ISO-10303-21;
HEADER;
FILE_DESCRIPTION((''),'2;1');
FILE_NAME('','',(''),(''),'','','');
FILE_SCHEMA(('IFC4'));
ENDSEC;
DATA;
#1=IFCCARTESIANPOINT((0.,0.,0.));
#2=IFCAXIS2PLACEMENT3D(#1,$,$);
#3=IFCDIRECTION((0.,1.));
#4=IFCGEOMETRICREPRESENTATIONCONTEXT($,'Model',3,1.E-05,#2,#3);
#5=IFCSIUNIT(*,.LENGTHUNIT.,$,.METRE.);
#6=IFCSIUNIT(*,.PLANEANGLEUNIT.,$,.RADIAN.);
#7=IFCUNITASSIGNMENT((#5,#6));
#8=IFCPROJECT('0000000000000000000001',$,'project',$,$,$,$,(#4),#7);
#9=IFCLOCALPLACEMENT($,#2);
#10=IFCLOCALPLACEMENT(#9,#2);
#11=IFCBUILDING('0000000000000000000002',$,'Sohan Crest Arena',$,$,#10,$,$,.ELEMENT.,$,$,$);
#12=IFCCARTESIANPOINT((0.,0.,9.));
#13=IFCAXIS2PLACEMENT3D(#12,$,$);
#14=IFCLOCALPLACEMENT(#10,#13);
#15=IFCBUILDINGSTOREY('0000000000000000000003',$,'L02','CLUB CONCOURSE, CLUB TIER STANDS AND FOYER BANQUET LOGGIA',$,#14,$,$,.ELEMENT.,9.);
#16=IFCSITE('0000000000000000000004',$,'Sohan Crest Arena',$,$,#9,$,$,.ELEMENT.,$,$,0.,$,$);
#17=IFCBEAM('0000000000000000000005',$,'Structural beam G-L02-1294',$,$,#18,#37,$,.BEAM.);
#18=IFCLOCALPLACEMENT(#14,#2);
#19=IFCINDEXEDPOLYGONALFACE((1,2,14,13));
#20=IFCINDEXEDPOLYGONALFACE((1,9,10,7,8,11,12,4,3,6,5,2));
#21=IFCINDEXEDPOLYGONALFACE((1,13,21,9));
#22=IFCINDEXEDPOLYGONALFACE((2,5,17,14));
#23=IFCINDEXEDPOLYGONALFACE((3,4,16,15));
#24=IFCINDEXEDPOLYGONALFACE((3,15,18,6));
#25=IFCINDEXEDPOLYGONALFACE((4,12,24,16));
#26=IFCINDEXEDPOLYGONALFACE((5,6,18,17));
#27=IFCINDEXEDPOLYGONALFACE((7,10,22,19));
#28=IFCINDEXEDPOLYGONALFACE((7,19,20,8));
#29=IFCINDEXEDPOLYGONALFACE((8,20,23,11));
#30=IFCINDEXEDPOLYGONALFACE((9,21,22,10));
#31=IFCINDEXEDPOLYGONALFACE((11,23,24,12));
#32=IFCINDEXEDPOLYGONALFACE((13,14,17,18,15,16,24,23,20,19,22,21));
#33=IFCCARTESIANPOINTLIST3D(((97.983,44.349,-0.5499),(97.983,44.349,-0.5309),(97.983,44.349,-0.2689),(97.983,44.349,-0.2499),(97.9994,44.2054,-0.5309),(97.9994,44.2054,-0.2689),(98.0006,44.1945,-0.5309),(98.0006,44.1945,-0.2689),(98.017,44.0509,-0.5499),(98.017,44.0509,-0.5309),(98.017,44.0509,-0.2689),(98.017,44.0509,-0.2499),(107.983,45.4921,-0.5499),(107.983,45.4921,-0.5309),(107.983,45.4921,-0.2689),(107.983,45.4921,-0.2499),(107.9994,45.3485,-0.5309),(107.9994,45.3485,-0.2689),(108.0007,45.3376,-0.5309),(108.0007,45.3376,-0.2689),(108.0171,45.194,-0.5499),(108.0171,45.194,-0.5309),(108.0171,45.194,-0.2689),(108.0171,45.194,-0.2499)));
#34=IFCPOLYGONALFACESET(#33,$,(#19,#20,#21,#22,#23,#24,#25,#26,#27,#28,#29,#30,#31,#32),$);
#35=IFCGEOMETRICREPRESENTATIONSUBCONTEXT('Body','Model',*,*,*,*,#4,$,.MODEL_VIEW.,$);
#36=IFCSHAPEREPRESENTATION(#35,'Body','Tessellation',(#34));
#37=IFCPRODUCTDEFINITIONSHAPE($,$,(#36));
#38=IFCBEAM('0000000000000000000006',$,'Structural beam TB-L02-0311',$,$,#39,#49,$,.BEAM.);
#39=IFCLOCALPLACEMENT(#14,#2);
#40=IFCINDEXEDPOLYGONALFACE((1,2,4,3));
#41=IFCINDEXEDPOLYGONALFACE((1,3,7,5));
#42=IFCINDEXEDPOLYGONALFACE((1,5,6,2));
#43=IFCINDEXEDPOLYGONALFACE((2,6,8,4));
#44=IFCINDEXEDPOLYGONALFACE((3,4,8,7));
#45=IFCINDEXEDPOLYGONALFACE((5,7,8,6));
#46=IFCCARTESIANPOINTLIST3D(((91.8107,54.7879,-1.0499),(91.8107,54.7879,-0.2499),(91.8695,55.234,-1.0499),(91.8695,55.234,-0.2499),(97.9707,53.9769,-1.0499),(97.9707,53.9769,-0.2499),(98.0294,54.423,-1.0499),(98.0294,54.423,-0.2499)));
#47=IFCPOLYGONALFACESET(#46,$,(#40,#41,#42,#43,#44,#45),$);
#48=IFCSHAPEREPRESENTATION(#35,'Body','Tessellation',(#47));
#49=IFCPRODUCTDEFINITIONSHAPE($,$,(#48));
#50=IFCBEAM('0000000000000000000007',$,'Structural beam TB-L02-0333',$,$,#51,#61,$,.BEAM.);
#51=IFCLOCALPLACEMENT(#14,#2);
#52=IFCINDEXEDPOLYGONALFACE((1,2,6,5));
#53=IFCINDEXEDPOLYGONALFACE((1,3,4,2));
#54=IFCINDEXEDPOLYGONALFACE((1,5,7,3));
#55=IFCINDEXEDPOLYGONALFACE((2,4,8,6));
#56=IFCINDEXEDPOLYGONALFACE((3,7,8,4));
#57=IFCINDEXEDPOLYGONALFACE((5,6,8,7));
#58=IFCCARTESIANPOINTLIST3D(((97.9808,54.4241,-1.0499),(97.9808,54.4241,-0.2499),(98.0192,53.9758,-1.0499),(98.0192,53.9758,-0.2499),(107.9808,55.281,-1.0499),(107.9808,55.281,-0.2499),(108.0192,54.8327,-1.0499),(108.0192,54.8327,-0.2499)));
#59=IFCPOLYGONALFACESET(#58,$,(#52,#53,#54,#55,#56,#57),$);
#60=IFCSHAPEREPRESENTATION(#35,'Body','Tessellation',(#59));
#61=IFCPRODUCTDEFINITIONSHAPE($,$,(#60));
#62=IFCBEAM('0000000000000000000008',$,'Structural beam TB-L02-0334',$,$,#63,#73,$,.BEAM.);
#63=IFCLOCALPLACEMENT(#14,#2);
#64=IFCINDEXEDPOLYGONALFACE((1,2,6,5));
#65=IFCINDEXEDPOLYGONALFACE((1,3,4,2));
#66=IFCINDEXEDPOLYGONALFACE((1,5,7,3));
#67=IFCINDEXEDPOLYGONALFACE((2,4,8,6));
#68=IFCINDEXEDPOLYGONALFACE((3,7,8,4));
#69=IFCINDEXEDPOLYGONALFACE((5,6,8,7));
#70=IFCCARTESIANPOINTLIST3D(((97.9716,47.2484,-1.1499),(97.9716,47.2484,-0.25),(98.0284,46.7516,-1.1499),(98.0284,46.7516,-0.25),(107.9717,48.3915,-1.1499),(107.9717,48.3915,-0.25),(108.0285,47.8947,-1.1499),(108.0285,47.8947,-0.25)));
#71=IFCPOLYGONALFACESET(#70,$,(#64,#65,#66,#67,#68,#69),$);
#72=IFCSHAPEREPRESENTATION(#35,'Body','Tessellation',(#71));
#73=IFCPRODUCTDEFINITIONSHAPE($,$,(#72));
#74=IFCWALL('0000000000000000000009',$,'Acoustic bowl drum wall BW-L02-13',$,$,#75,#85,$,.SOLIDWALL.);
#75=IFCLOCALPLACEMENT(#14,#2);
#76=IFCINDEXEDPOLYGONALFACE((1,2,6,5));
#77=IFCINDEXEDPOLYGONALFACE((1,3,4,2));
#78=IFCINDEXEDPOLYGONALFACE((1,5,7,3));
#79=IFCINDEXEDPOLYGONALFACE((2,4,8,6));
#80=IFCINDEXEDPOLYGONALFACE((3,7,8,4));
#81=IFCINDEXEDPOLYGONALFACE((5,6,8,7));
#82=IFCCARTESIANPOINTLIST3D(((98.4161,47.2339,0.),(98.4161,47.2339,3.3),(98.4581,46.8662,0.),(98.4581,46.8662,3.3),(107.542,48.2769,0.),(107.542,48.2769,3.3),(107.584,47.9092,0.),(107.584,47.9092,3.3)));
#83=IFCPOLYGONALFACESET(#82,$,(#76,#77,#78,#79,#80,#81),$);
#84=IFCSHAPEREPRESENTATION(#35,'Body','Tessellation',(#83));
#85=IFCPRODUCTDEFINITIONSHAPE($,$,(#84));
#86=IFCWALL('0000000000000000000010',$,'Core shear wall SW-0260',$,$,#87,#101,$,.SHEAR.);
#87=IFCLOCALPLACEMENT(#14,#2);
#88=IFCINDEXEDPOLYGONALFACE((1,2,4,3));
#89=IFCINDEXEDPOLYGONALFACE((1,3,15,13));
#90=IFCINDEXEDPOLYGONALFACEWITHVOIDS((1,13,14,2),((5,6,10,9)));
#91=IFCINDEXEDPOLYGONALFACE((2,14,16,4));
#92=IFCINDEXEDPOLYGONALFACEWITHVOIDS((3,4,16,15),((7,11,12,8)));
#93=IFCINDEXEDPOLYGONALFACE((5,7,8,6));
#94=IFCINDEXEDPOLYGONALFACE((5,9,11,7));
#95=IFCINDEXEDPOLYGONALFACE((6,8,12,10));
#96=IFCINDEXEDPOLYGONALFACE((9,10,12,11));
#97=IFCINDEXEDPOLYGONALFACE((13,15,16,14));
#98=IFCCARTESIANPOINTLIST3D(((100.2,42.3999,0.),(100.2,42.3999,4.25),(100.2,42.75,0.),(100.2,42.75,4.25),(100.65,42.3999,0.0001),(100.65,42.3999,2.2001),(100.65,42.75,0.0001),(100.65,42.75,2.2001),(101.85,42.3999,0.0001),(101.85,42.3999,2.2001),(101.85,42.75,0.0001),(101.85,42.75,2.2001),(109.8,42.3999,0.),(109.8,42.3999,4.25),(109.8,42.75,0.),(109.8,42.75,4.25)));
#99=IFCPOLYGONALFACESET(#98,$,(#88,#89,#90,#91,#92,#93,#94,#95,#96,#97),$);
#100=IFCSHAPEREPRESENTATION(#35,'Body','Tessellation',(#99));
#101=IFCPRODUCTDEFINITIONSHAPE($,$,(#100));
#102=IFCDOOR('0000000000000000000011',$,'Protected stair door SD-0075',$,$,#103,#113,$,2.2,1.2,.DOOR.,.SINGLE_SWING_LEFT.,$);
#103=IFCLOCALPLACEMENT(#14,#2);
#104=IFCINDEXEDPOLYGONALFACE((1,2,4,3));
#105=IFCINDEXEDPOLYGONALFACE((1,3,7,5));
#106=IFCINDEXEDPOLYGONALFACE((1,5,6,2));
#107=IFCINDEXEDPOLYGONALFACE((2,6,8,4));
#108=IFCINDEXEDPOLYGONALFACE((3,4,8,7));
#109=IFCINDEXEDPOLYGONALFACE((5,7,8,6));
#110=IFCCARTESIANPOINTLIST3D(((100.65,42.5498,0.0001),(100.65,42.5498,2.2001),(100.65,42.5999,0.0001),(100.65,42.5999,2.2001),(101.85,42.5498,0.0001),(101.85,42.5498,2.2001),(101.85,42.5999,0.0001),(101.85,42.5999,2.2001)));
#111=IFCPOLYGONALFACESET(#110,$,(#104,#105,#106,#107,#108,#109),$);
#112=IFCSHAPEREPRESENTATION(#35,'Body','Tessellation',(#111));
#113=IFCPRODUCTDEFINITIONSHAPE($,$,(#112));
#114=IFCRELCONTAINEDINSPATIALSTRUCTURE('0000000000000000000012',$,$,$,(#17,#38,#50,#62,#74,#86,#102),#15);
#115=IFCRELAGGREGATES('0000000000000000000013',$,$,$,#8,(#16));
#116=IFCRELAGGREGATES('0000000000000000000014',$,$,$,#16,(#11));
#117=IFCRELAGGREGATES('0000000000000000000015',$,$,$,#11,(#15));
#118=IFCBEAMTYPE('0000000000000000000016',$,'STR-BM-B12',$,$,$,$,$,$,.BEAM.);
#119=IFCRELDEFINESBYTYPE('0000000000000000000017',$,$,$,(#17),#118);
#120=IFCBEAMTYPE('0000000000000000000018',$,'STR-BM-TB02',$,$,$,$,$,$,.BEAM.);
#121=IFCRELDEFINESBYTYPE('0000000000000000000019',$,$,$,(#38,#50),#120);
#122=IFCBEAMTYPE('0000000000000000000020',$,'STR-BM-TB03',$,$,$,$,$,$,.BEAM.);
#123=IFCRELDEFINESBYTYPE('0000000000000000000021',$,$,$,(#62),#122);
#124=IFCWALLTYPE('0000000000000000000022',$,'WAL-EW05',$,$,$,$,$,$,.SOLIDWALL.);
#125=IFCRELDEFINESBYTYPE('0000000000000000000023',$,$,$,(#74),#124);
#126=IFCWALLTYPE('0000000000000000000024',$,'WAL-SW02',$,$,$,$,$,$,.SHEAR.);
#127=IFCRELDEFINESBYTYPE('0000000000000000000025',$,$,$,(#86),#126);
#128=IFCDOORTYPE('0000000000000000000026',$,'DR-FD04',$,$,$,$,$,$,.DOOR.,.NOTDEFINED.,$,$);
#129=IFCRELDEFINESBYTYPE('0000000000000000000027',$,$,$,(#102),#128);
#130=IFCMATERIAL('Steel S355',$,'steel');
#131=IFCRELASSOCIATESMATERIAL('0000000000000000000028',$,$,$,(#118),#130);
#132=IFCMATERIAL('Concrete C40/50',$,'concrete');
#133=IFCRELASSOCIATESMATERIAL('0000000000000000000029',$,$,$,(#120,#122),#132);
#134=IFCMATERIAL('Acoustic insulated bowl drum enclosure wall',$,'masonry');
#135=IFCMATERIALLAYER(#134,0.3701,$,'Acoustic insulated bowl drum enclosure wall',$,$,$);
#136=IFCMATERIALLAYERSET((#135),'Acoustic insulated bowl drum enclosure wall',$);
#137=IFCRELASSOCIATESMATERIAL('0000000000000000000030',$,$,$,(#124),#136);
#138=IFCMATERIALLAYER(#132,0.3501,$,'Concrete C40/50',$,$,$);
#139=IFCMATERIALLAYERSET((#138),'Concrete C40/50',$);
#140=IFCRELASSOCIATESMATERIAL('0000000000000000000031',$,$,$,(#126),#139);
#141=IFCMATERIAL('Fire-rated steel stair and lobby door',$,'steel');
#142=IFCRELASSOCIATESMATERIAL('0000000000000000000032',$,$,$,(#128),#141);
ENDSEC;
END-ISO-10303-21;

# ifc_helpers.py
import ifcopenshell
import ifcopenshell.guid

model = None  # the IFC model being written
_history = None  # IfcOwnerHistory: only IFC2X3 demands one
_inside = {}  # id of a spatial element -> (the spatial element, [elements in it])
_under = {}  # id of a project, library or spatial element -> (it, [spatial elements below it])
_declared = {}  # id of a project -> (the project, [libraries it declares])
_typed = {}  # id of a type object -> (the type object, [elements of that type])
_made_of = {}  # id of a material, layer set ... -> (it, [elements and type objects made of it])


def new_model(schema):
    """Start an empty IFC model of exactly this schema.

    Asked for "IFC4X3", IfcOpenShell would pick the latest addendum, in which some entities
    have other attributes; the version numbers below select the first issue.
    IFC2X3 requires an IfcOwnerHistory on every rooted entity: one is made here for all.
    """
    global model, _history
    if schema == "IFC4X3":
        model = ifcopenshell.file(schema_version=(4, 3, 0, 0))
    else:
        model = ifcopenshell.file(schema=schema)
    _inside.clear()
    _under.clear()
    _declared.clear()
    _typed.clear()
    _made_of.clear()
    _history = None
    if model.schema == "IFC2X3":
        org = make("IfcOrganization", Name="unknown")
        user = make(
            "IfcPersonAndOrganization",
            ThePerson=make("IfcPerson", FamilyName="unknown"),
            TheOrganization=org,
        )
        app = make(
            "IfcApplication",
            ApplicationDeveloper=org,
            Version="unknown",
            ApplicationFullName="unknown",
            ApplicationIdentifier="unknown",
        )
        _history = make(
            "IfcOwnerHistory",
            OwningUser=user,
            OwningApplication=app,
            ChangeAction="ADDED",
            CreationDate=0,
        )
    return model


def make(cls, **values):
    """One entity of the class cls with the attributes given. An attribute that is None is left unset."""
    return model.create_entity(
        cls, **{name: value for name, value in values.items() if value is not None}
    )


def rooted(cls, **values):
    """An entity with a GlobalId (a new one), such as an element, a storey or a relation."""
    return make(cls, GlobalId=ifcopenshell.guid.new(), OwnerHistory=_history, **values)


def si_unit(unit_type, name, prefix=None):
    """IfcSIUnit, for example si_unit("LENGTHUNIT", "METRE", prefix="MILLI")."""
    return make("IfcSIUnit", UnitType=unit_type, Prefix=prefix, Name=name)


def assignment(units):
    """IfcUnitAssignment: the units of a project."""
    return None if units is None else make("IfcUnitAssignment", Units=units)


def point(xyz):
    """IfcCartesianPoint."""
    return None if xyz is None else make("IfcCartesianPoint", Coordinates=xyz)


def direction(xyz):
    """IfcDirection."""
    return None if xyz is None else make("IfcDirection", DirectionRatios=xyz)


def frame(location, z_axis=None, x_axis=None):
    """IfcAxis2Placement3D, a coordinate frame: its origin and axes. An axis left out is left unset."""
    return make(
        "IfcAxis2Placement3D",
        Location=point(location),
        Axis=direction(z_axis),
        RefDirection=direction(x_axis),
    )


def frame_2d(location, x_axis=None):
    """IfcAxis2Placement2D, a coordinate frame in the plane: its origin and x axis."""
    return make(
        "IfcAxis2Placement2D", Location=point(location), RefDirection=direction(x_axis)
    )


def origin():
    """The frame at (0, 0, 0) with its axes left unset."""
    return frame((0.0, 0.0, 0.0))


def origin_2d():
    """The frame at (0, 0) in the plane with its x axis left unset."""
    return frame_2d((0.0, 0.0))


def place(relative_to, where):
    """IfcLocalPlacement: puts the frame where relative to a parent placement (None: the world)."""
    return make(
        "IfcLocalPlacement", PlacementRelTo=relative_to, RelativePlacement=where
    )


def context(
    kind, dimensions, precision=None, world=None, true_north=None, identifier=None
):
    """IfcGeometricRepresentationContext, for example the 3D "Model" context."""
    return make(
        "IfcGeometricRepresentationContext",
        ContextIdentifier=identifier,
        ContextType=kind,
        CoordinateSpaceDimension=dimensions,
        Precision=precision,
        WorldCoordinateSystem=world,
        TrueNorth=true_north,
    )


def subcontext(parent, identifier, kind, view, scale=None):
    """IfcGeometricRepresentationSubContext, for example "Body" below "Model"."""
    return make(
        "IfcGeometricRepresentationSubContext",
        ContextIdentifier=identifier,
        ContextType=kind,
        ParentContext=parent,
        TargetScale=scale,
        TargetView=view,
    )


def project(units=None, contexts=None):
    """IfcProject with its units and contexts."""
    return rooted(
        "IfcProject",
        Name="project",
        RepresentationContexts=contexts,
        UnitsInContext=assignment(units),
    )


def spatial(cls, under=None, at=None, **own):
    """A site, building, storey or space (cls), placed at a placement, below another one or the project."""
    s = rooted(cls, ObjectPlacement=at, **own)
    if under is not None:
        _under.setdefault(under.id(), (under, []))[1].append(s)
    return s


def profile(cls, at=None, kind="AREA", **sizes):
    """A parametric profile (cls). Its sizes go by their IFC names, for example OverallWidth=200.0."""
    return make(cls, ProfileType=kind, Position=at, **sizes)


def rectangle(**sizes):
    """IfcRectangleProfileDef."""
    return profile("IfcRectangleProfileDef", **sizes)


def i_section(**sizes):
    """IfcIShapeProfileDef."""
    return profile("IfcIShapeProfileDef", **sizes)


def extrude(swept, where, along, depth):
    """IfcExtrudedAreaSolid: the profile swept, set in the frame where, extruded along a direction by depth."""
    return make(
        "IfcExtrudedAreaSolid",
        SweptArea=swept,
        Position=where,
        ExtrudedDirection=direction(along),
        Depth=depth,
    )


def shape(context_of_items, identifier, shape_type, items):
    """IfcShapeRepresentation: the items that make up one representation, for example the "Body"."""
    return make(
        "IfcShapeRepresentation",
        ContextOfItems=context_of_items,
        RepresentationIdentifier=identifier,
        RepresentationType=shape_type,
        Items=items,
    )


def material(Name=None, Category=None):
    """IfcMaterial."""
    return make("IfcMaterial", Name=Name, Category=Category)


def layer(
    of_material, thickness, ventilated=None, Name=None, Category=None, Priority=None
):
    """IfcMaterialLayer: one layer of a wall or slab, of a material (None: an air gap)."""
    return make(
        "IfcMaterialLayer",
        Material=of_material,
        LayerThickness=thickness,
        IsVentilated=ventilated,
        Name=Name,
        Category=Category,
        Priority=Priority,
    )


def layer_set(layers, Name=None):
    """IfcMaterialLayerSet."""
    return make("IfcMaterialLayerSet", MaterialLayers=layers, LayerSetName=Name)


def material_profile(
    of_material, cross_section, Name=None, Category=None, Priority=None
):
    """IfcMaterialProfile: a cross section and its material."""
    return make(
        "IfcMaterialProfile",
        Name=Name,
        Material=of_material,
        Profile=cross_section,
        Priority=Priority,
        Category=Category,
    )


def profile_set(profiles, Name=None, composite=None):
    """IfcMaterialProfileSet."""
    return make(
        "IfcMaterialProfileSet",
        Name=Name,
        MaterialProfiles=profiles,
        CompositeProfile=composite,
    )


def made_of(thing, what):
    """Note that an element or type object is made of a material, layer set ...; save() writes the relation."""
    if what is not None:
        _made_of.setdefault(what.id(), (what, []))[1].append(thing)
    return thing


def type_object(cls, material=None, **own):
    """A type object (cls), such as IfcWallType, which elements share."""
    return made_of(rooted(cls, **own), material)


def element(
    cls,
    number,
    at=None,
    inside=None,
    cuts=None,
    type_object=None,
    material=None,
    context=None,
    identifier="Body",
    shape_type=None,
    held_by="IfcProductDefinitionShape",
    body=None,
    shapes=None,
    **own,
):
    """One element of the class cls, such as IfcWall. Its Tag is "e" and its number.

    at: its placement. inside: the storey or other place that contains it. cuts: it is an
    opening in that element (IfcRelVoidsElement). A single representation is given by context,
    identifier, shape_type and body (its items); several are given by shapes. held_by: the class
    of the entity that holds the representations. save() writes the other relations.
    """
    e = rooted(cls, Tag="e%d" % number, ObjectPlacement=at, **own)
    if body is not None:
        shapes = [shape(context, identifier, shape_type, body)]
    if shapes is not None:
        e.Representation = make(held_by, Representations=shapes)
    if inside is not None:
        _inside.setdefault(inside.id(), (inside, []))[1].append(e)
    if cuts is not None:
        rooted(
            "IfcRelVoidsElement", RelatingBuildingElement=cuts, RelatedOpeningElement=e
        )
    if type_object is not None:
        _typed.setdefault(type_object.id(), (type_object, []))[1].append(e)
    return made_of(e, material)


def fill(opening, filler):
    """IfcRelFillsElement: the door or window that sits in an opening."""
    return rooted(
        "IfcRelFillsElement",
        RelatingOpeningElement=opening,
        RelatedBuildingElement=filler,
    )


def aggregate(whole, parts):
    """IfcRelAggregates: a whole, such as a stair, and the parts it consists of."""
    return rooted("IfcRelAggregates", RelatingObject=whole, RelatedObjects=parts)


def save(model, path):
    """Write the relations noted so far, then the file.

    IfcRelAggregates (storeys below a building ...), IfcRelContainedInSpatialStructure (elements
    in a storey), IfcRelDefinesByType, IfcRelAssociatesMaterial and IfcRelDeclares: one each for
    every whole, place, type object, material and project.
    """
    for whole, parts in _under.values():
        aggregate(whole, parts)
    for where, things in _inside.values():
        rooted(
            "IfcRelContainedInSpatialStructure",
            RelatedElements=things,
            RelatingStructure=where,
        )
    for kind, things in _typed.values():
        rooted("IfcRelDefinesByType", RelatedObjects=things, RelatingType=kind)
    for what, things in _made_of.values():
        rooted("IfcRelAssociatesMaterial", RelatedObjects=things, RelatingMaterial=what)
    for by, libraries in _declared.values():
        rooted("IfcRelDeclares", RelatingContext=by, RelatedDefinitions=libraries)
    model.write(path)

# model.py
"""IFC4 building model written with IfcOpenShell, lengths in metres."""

from ifc_helpers import new_model, si_unit, direction, frame, frame_2d, origin, origin_2d, place, context, subcontext, project, spatial, rectangle, i_section, extrude, material, layer, layer_set, material_profile, profile_set, type_object, element, fill, save


model = new_model("IFC4")

# Units and contexts
model_context = context("Model", 3, precision=1e-05, world=origin(), true_north=direction((0.0, 1.0)))
body_context = subcontext(model_context, "Body", "Model", "MODEL_VIEW")
ifc_project = project(units=[si_unit("LENGTHUNIT", "METRE"), si_unit("PLANEANGLEUNIT", "RADIAN")], contexts=[model_context])

# Site, building, storey
site_placement = place(None, origin())
site = spatial("IfcSite", under=ifc_project, at=site_placement, Name="Sohan Crest Arena", CompositionType="ELEMENT", RefElevation=0.0)
building_placement = place(site_placement, origin())
building = spatial("IfcBuilding", under=site, at=building_placement, Name="Sohan Crest Arena", CompositionType="ELEMENT")
storey_placement = place(building_placement, frame((0.0, 0.0, 9.0)))
storey = spatial("IfcBuildingStorey", under=building, at=storey_placement, Name="L02", Description="CLUB CONCOURSE, CLUB TIER STANDS AND FOYER BANQUET LOGGIA", CompositionType="ELEMENT", Elevation=9.0)

# Shared definitions
ifc_material_1 = material(Name="Concrete C40/50", Category="concrete")
ifc_material_2 = material(Name="Steel S355", Category="steel")

# Beams
ifc_material_profile_1 = material_profile(ifc_material_2, i_section(OverallWidth=0.3, OverallDepth=0.3, WebThickness=0.011, FlangeThickness=0.019, at=origin_2d()), Name="HEB 300")
ifc_profile_set_1 = profile_set([ifc_material_profile_1], Name="Steel S355")
beam_type_1 = type_object("IfcBeamType", Name="STR-BM-B12", PredefinedType="BEAM", material=ifc_profile_set_1)
beam_1_placement = place(storey_placement, frame((98.0, 44.2, -0.3999), z_axis=(0.99353, 0.113567, 0.0), x_axis=(-0.113567, 0.99353, 0.0)))
element("IfcBeam", 1, at=beam_1_placement, inside=storey, type_object=beam_type_1, Name="Structural beam G-L02-1294", PredefinedType="BEAM", context=body_context, shape_type="SweptSolid", body=[
    extrude(i_section(OverallWidth=0.3, OverallDepth=0.3, WebThickness=0.011, FlangeThickness=0.019, at=origin_2d()), origin(), (0.0, 0.0, 1.0), 10.0652),
])
ifc_material_profile_2 = material_profile(ifc_material_1, rectangle(XDim=0.45, YDim=0.8, at=origin_2d()), Name="RC-BM 450x800")
ifc_profile_set_2 = profile_set([ifc_material_profile_2], Name="Concrete C40/50")
beam_type_2 = type_object("IfcBeamType", Name="STR-BM-TB02", PredefinedType="BEAM", material=ifc_profile_set_2)
beam_2_placement = place(storey_placement, frame((91.8401, 55.011, -0.6499), z_axis=(0.991443, -0.130537, 0.0), x_axis=(0.130537, 0.991443, 0.0)))
element("IfcBeam", 2, at=beam_2_placement, inside=storey, type_object=beam_type_2, Name="Structural beam TB-L02-0311", PredefinedType="BEAM", context=body_context, shape_type="SweptSolid", body=[
    extrude(rectangle(XDim=0.45, YDim=0.8, at=origin_2d()), origin(), (0.0, 0.0, 1.0), 6.2131),
])
beam_3_placement = place(storey_placement, frame((98.0, 54.2, -0.6499), z_axis=(0.996348, 0.08538, 0.0), x_axis=(-0.08538, 0.996348, 0.0)))
element("IfcBeam", 3, at=beam_3_placement, inside=storey, type_object=beam_type_2, Name="Structural beam TB-L02-0333", PredefinedType="BEAM", context=body_context, shape_type="SweptSolid", body=[
    extrude(rectangle(XDim=0.45, YDim=0.8, at=origin_2d()), origin(), (0.0, 0.0, 1.0), 10.0366),
])
ifc_material_profile_3 = material_profile(ifc_material_1, rectangle(XDim=0.5, YDim=0.8999, at=origin_2d()), Name="RC-BM 500x900")
ifc_profile_set_3 = profile_set([ifc_material_profile_3], Name="Concrete C40/50")
beam_type_3 = type_object("IfcBeamType", Name="STR-BM-TB03", PredefinedType="BEAM", material=ifc_profile_set_3)
beam_4_placement = place(storey_placement, frame((98.0, 47.0, -0.7), z_axis=(0.99353, 0.113567, 0.0), x_axis=(-0.113567, 0.99353, 0.0)))
element("IfcBeam", 4, at=beam_4_placement, inside=storey, type_object=beam_type_3, Name="Structural beam TB-L02-0334", PredefinedType="BEAM", context=body_context, shape_type="SweptSolid", body=[
    extrude(rectangle(XDim=0.5, YDim=0.8999, at=origin_2d()), origin(), (0.0, 0.0, 1.0), 10.0652),
])

# Wall
ifc_material_3 = material(Name="Acoustic insulated bowl drum enclosure wall", Category="masonry")
ifc_layer_1 = layer(ifc_material_3, 0.3701, Name="Acoustic insulated bowl drum enclosure wall")
ifc_layer_set_1 = layer_set([ifc_layer_1], Name="Acoustic insulated bowl drum enclosure wall")
wall_type_1 = type_object("IfcWallType", Name="WAL-EW05", PredefinedType="SOLIDWALL", material=ifc_layer_set_1)
wall_1_placement = place(storey_placement, frame((98.437, 47.05, 0.0), z_axis=(0.0, 0.0, 1.0), x_axis=(0.993533, 0.113547, 0.0)))
element("IfcWall", 5, at=wall_1_placement, inside=storey, type_object=wall_type_1, Name="Acoustic bowl drum wall BW-L02-13", PredefinedType="SOLIDWALL", context=body_context, shape_type="SweptSolid", body=[
    extrude(rectangle(XDim=9.1853, YDim=0.3701, at=frame_2d((4.5928, 0.0))), origin(), (0.0, 0.0, 1.0), 3.3),
])

# Wall, opening, door
ifc_layer_2 = layer(ifc_material_1, 0.3501, Name="Concrete C40/50")
ifc_layer_set_2 = layer_set([ifc_layer_2], Name="Concrete C40/50")
wall_type_2 = type_object("IfcWallType", Name="WAL-SW02", PredefinedType="SHEAR", material=ifc_layer_set_2)
wall_2_placement = place(storey_placement, frame((100.2, 42.575, 0.0), z_axis=(0.0, 0.0, 1.0), x_axis=(1.0, 0.0, 0.0)))
wall_2 = element("IfcWall", 6, at=wall_2_placement, inside=storey, type_object=wall_type_2, Name="Core shear wall SW-0260", PredefinedType="SHEAR", context=body_context, shape_type="SweptSolid", body=[
    extrude(rectangle(XDim=9.6001, YDim=0.3501, at=frame_2d((4.8, 0.0))), origin(), (0.0, 0.0, 1.0), 4.25),
])
opening_placement = place(wall_2_placement, frame((0.45, 0.0, 0.0)))
opening = element("IfcOpeningElement", 7, at=opening_placement, cuts=wall_2, PredefinedType="OPENING", context=body_context, shape_type="SweptSolid", body=[
    extrude(rectangle(XDim=1.2, YDim=2.2, at=frame_2d((0.6001, 1.1001))), frame((0.0, 0.1851, 0.0), z_axis=(0.0, -1.0, 0.0), x_axis=(1.0, 0.0, 0.0)), (0.0, 0.0, 1.0), 0.3701),
])
ifc_material_4 = material(Name="Fire-rated steel stair and lobby door", Category="steel")
door_type = type_object("IfcDoorType", Name="DR-FD04", OperationType="NOTDEFINED", PredefinedType="DOOR", material=ifc_material_4)
door_placement = place(opening_placement, origin())
door = element("IfcDoor", 8, at=door_placement, inside=storey, type_object=door_type, Name="Protected stair door SD-0075", OperationType="SINGLE_SWING_LEFT", OverallHeight=2.2, OverallWidth=1.2, PredefinedType="DOOR", context=body_context, shape_type="SweptSolid", body=[
    extrude(rectangle(XDim=1.2, YDim=2.2, at=frame_2d((0.6001, 1.1001))), frame((0.0, 0.0249, 0.0), z_axis=(0.0, -1.0, 0.0), x_axis=(1.0, 0.0, 0.0)), (0.0, 0.0, 1.0), 0.05),
])
fill(opening, door)

save(model, "model.ifc")
